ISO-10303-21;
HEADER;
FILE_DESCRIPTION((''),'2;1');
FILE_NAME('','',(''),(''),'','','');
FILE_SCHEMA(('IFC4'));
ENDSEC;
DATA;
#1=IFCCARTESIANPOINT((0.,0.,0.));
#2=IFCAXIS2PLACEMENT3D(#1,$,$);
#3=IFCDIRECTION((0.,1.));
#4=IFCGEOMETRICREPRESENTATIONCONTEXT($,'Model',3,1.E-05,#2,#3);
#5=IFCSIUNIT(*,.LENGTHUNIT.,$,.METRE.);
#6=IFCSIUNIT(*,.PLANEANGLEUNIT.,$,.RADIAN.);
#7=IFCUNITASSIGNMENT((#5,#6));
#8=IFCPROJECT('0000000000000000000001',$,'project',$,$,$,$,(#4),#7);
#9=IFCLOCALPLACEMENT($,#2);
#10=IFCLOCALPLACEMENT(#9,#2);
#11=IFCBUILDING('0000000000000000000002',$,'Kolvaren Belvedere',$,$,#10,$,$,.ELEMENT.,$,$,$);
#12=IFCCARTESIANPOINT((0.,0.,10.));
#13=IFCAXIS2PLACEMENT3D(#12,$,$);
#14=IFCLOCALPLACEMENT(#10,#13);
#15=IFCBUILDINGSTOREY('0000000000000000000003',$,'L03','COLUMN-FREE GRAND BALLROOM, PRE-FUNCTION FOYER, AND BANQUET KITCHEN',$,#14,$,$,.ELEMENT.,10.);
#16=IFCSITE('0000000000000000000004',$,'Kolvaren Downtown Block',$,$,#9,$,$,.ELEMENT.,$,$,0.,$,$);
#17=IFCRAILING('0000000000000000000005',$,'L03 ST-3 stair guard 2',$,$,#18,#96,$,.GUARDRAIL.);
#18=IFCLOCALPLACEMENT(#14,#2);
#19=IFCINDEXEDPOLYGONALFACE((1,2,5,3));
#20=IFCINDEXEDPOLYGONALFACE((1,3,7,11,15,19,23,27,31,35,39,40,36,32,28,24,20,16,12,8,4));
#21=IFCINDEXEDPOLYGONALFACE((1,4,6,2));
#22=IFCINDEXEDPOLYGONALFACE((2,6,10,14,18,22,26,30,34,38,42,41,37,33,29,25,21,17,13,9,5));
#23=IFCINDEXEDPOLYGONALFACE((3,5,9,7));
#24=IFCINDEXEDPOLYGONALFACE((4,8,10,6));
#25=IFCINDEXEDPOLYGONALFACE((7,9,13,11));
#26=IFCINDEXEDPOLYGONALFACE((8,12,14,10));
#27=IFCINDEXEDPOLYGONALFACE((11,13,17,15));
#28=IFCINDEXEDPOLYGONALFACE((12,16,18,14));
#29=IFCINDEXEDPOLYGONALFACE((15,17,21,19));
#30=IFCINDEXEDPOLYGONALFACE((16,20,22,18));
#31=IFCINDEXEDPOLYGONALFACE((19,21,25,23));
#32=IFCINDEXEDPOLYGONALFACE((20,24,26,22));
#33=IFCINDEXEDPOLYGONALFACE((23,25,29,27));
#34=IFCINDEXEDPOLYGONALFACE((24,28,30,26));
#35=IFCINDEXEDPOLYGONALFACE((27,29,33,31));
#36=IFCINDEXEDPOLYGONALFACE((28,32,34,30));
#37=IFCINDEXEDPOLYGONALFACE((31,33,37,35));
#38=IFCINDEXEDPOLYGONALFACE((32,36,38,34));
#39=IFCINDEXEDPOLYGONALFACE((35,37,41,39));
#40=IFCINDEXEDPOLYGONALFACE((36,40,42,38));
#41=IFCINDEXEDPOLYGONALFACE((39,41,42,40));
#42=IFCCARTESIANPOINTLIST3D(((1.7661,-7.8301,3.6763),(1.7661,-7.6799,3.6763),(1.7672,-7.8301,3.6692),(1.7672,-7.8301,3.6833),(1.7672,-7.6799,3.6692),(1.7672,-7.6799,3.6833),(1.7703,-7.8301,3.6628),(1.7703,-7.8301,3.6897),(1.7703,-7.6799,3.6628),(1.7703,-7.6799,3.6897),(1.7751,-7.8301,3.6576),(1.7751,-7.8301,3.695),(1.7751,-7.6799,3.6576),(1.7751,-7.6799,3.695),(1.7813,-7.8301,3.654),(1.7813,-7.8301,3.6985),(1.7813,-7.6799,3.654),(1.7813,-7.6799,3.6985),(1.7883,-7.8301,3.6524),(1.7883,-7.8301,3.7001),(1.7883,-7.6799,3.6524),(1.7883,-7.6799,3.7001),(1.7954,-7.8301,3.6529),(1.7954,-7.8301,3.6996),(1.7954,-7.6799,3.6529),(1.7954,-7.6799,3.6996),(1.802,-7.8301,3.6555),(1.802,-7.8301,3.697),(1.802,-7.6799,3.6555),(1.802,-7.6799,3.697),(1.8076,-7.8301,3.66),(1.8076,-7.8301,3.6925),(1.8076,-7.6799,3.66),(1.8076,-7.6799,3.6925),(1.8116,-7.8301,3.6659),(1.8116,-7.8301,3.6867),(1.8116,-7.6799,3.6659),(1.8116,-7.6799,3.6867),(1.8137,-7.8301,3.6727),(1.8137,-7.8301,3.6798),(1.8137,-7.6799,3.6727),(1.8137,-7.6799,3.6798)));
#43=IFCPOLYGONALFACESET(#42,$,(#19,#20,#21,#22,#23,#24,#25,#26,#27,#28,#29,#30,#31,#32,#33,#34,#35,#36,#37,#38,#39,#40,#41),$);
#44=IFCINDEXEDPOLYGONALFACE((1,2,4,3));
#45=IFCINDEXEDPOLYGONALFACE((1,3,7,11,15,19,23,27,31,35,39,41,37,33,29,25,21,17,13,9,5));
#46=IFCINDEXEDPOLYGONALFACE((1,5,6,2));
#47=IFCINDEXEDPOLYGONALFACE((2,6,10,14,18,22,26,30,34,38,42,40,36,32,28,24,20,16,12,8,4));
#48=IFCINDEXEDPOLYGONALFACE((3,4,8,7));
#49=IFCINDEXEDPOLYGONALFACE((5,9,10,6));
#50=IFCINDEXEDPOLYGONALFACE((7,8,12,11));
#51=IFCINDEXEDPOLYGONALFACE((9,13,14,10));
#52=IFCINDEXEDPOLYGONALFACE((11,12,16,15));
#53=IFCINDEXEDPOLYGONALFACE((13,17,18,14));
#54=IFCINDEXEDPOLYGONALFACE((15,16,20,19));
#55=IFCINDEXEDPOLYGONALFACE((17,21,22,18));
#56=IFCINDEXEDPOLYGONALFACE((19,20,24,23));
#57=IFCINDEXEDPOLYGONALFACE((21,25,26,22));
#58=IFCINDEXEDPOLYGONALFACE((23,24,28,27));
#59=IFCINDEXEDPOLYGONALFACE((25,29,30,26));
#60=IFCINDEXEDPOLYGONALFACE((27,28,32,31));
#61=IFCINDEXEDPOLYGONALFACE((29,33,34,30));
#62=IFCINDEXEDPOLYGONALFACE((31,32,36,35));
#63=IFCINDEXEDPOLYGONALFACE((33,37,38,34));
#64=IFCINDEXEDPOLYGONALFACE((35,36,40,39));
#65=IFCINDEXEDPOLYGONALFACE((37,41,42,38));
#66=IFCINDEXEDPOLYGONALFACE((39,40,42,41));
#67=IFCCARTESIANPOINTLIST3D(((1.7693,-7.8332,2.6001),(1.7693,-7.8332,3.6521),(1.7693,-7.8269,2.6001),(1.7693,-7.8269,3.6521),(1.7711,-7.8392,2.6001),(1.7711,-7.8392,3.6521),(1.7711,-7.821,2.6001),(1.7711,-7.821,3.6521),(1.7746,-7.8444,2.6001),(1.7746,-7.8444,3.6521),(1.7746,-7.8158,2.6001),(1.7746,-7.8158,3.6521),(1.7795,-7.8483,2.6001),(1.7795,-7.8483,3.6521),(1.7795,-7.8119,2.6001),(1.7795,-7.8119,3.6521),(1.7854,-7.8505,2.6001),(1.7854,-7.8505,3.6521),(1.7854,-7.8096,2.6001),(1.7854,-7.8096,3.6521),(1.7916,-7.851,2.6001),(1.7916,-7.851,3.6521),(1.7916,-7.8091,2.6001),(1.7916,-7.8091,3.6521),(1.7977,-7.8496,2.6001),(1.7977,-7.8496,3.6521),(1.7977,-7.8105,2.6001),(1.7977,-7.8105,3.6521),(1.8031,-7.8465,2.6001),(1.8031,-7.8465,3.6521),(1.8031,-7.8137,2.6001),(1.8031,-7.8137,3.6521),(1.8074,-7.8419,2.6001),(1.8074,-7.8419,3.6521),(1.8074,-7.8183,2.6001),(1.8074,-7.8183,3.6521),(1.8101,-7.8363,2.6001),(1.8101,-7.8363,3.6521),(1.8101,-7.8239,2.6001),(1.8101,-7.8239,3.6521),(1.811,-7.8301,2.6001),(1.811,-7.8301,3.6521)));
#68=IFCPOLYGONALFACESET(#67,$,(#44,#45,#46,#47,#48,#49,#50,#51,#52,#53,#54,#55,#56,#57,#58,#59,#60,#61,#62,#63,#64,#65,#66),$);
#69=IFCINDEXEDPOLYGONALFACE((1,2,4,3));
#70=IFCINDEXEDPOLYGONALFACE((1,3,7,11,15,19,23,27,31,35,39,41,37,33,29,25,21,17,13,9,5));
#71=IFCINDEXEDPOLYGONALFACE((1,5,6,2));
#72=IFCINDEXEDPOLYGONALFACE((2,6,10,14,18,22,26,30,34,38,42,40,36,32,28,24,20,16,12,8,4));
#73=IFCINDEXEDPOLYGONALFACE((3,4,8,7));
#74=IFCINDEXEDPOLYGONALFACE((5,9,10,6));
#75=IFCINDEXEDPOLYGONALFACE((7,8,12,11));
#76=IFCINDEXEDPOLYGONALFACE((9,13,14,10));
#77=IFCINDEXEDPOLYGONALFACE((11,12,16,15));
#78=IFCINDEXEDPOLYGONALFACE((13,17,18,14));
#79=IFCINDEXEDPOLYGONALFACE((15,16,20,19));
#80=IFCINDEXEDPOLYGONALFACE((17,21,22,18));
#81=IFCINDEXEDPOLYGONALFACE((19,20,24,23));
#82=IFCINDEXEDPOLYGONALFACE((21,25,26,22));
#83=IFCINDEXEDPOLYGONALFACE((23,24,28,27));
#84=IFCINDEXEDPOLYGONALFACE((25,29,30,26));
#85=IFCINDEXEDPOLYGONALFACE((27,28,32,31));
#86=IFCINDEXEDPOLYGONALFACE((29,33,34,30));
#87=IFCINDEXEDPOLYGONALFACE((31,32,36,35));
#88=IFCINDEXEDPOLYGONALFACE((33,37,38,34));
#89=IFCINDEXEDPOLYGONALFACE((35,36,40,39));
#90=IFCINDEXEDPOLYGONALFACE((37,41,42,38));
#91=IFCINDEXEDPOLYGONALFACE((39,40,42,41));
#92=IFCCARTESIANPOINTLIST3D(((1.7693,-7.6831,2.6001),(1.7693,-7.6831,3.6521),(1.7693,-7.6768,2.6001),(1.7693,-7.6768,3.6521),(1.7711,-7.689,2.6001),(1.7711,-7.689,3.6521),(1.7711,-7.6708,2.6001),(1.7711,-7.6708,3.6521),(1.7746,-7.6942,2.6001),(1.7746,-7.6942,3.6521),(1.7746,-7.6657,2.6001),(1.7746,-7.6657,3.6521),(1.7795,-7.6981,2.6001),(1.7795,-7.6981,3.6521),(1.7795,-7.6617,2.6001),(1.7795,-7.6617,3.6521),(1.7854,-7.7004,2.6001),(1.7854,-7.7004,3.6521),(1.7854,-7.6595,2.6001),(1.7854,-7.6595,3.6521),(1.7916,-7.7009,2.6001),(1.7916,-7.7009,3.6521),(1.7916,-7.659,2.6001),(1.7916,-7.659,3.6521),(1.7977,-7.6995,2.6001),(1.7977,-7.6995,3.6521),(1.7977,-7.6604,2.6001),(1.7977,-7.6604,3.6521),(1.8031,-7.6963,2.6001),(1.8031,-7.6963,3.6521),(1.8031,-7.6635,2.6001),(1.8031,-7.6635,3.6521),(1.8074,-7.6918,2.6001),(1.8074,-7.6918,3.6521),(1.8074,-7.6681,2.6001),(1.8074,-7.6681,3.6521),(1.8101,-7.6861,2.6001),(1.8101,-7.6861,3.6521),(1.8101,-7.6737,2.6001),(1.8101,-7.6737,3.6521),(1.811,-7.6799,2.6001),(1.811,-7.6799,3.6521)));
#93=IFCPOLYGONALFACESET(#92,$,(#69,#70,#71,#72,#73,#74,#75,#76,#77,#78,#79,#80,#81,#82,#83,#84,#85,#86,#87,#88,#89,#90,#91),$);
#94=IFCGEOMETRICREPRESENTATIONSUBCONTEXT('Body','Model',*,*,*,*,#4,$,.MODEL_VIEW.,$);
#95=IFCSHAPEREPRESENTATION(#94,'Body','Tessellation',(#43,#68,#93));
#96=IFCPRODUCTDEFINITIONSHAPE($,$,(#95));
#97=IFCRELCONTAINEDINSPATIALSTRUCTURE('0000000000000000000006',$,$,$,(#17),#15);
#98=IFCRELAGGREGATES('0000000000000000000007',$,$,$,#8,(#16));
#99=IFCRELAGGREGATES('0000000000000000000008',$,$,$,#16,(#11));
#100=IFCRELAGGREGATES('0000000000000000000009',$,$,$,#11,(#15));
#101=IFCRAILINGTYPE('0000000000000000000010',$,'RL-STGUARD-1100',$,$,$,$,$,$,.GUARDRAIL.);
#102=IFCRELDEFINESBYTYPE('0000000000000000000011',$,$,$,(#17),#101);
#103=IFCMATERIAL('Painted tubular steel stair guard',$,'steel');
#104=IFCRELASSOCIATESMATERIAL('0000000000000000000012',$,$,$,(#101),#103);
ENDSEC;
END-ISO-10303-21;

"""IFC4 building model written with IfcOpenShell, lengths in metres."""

from ifc_helpers import new_model, si_unit, direction, frame, origin, origin_2d, place, context, subcontext, project, spatial, circle, extrude, material, type_object, element, save


model = new_model("IFC4")

# Units and contexts
model_context = context("Model", 3, precision=1e-05, world=origin(), true_north=direction((0.0, 1.0)))
body_context = subcontext(model_context, "Body", "Model", "MODEL_VIEW")
ifc_project = project(units=[si_unit("LENGTHUNIT", "METRE"), si_unit("PLANEANGLEUNIT", "RADIAN")], contexts=[model_context])

# Site, building, storey
site_placement = place(None, origin())
site = spatial("IfcSite", under=ifc_project, at=site_placement, Name="Kolvaren Downtown Block", CompositionType="ELEMENT", RefElevation=0.0)
building_placement = place(site_placement, origin())
building = spatial("IfcBuilding", under=site, at=building_placement, Name="Kolvaren Belvedere", CompositionType="ELEMENT")
storey_placement = place(building_placement, frame((0.0, 0.0, 10.0)))
storey = spatial("IfcBuildingStorey", under=building, at=storey_placement, Name="L03", Description="COLUMN-FREE GRAND BALLROOM, PRE-FUNCTION FOYER, AND BANQUET KITCHEN", CompositionType="ELEMENT", Elevation=10.0)

# Railing
ifc_material_1 = material(Name="Painted tubular steel stair guard", Category="steel")
railing_type_1 = type_object("IfcRailingType", Name="RL-STGUARD-1100", PredefinedType="GUARDRAIL", material=ifc_material_1)
railing_1_placement = place(storey_placement, frame((1.79, -7.8301, 2.6001)))
element("IfcRailing", 1, at=railing_1_placement, inside=storey, type_object=railing_type_1, Name="L03 ST-3 stair guard 2", PredefinedType="GUARDRAIL", context=body_context, shape_type="SweptSolid", body=[
    extrude(circle(Radius=0.0239, at=origin_2d()), frame((0.0, 0.0, 1.0762), z_axis=(0.0, 1.0, 0.0), x_axis=(-1.0, 0.0, 0.0)), (0.0, 0.0, 1.0), 0.1501),
    extrude(circle(Radius=0.021, at=origin_2d()), origin(), (0.0, 0.0, 1.0), 1.052),
    extrude(circle(Radius=0.021, at=origin_2d()), frame((0.0, 0.1501, 0.0)), (0.0, 0.0, 1.0), 1.052),
])

save(model, "model.ifc")
